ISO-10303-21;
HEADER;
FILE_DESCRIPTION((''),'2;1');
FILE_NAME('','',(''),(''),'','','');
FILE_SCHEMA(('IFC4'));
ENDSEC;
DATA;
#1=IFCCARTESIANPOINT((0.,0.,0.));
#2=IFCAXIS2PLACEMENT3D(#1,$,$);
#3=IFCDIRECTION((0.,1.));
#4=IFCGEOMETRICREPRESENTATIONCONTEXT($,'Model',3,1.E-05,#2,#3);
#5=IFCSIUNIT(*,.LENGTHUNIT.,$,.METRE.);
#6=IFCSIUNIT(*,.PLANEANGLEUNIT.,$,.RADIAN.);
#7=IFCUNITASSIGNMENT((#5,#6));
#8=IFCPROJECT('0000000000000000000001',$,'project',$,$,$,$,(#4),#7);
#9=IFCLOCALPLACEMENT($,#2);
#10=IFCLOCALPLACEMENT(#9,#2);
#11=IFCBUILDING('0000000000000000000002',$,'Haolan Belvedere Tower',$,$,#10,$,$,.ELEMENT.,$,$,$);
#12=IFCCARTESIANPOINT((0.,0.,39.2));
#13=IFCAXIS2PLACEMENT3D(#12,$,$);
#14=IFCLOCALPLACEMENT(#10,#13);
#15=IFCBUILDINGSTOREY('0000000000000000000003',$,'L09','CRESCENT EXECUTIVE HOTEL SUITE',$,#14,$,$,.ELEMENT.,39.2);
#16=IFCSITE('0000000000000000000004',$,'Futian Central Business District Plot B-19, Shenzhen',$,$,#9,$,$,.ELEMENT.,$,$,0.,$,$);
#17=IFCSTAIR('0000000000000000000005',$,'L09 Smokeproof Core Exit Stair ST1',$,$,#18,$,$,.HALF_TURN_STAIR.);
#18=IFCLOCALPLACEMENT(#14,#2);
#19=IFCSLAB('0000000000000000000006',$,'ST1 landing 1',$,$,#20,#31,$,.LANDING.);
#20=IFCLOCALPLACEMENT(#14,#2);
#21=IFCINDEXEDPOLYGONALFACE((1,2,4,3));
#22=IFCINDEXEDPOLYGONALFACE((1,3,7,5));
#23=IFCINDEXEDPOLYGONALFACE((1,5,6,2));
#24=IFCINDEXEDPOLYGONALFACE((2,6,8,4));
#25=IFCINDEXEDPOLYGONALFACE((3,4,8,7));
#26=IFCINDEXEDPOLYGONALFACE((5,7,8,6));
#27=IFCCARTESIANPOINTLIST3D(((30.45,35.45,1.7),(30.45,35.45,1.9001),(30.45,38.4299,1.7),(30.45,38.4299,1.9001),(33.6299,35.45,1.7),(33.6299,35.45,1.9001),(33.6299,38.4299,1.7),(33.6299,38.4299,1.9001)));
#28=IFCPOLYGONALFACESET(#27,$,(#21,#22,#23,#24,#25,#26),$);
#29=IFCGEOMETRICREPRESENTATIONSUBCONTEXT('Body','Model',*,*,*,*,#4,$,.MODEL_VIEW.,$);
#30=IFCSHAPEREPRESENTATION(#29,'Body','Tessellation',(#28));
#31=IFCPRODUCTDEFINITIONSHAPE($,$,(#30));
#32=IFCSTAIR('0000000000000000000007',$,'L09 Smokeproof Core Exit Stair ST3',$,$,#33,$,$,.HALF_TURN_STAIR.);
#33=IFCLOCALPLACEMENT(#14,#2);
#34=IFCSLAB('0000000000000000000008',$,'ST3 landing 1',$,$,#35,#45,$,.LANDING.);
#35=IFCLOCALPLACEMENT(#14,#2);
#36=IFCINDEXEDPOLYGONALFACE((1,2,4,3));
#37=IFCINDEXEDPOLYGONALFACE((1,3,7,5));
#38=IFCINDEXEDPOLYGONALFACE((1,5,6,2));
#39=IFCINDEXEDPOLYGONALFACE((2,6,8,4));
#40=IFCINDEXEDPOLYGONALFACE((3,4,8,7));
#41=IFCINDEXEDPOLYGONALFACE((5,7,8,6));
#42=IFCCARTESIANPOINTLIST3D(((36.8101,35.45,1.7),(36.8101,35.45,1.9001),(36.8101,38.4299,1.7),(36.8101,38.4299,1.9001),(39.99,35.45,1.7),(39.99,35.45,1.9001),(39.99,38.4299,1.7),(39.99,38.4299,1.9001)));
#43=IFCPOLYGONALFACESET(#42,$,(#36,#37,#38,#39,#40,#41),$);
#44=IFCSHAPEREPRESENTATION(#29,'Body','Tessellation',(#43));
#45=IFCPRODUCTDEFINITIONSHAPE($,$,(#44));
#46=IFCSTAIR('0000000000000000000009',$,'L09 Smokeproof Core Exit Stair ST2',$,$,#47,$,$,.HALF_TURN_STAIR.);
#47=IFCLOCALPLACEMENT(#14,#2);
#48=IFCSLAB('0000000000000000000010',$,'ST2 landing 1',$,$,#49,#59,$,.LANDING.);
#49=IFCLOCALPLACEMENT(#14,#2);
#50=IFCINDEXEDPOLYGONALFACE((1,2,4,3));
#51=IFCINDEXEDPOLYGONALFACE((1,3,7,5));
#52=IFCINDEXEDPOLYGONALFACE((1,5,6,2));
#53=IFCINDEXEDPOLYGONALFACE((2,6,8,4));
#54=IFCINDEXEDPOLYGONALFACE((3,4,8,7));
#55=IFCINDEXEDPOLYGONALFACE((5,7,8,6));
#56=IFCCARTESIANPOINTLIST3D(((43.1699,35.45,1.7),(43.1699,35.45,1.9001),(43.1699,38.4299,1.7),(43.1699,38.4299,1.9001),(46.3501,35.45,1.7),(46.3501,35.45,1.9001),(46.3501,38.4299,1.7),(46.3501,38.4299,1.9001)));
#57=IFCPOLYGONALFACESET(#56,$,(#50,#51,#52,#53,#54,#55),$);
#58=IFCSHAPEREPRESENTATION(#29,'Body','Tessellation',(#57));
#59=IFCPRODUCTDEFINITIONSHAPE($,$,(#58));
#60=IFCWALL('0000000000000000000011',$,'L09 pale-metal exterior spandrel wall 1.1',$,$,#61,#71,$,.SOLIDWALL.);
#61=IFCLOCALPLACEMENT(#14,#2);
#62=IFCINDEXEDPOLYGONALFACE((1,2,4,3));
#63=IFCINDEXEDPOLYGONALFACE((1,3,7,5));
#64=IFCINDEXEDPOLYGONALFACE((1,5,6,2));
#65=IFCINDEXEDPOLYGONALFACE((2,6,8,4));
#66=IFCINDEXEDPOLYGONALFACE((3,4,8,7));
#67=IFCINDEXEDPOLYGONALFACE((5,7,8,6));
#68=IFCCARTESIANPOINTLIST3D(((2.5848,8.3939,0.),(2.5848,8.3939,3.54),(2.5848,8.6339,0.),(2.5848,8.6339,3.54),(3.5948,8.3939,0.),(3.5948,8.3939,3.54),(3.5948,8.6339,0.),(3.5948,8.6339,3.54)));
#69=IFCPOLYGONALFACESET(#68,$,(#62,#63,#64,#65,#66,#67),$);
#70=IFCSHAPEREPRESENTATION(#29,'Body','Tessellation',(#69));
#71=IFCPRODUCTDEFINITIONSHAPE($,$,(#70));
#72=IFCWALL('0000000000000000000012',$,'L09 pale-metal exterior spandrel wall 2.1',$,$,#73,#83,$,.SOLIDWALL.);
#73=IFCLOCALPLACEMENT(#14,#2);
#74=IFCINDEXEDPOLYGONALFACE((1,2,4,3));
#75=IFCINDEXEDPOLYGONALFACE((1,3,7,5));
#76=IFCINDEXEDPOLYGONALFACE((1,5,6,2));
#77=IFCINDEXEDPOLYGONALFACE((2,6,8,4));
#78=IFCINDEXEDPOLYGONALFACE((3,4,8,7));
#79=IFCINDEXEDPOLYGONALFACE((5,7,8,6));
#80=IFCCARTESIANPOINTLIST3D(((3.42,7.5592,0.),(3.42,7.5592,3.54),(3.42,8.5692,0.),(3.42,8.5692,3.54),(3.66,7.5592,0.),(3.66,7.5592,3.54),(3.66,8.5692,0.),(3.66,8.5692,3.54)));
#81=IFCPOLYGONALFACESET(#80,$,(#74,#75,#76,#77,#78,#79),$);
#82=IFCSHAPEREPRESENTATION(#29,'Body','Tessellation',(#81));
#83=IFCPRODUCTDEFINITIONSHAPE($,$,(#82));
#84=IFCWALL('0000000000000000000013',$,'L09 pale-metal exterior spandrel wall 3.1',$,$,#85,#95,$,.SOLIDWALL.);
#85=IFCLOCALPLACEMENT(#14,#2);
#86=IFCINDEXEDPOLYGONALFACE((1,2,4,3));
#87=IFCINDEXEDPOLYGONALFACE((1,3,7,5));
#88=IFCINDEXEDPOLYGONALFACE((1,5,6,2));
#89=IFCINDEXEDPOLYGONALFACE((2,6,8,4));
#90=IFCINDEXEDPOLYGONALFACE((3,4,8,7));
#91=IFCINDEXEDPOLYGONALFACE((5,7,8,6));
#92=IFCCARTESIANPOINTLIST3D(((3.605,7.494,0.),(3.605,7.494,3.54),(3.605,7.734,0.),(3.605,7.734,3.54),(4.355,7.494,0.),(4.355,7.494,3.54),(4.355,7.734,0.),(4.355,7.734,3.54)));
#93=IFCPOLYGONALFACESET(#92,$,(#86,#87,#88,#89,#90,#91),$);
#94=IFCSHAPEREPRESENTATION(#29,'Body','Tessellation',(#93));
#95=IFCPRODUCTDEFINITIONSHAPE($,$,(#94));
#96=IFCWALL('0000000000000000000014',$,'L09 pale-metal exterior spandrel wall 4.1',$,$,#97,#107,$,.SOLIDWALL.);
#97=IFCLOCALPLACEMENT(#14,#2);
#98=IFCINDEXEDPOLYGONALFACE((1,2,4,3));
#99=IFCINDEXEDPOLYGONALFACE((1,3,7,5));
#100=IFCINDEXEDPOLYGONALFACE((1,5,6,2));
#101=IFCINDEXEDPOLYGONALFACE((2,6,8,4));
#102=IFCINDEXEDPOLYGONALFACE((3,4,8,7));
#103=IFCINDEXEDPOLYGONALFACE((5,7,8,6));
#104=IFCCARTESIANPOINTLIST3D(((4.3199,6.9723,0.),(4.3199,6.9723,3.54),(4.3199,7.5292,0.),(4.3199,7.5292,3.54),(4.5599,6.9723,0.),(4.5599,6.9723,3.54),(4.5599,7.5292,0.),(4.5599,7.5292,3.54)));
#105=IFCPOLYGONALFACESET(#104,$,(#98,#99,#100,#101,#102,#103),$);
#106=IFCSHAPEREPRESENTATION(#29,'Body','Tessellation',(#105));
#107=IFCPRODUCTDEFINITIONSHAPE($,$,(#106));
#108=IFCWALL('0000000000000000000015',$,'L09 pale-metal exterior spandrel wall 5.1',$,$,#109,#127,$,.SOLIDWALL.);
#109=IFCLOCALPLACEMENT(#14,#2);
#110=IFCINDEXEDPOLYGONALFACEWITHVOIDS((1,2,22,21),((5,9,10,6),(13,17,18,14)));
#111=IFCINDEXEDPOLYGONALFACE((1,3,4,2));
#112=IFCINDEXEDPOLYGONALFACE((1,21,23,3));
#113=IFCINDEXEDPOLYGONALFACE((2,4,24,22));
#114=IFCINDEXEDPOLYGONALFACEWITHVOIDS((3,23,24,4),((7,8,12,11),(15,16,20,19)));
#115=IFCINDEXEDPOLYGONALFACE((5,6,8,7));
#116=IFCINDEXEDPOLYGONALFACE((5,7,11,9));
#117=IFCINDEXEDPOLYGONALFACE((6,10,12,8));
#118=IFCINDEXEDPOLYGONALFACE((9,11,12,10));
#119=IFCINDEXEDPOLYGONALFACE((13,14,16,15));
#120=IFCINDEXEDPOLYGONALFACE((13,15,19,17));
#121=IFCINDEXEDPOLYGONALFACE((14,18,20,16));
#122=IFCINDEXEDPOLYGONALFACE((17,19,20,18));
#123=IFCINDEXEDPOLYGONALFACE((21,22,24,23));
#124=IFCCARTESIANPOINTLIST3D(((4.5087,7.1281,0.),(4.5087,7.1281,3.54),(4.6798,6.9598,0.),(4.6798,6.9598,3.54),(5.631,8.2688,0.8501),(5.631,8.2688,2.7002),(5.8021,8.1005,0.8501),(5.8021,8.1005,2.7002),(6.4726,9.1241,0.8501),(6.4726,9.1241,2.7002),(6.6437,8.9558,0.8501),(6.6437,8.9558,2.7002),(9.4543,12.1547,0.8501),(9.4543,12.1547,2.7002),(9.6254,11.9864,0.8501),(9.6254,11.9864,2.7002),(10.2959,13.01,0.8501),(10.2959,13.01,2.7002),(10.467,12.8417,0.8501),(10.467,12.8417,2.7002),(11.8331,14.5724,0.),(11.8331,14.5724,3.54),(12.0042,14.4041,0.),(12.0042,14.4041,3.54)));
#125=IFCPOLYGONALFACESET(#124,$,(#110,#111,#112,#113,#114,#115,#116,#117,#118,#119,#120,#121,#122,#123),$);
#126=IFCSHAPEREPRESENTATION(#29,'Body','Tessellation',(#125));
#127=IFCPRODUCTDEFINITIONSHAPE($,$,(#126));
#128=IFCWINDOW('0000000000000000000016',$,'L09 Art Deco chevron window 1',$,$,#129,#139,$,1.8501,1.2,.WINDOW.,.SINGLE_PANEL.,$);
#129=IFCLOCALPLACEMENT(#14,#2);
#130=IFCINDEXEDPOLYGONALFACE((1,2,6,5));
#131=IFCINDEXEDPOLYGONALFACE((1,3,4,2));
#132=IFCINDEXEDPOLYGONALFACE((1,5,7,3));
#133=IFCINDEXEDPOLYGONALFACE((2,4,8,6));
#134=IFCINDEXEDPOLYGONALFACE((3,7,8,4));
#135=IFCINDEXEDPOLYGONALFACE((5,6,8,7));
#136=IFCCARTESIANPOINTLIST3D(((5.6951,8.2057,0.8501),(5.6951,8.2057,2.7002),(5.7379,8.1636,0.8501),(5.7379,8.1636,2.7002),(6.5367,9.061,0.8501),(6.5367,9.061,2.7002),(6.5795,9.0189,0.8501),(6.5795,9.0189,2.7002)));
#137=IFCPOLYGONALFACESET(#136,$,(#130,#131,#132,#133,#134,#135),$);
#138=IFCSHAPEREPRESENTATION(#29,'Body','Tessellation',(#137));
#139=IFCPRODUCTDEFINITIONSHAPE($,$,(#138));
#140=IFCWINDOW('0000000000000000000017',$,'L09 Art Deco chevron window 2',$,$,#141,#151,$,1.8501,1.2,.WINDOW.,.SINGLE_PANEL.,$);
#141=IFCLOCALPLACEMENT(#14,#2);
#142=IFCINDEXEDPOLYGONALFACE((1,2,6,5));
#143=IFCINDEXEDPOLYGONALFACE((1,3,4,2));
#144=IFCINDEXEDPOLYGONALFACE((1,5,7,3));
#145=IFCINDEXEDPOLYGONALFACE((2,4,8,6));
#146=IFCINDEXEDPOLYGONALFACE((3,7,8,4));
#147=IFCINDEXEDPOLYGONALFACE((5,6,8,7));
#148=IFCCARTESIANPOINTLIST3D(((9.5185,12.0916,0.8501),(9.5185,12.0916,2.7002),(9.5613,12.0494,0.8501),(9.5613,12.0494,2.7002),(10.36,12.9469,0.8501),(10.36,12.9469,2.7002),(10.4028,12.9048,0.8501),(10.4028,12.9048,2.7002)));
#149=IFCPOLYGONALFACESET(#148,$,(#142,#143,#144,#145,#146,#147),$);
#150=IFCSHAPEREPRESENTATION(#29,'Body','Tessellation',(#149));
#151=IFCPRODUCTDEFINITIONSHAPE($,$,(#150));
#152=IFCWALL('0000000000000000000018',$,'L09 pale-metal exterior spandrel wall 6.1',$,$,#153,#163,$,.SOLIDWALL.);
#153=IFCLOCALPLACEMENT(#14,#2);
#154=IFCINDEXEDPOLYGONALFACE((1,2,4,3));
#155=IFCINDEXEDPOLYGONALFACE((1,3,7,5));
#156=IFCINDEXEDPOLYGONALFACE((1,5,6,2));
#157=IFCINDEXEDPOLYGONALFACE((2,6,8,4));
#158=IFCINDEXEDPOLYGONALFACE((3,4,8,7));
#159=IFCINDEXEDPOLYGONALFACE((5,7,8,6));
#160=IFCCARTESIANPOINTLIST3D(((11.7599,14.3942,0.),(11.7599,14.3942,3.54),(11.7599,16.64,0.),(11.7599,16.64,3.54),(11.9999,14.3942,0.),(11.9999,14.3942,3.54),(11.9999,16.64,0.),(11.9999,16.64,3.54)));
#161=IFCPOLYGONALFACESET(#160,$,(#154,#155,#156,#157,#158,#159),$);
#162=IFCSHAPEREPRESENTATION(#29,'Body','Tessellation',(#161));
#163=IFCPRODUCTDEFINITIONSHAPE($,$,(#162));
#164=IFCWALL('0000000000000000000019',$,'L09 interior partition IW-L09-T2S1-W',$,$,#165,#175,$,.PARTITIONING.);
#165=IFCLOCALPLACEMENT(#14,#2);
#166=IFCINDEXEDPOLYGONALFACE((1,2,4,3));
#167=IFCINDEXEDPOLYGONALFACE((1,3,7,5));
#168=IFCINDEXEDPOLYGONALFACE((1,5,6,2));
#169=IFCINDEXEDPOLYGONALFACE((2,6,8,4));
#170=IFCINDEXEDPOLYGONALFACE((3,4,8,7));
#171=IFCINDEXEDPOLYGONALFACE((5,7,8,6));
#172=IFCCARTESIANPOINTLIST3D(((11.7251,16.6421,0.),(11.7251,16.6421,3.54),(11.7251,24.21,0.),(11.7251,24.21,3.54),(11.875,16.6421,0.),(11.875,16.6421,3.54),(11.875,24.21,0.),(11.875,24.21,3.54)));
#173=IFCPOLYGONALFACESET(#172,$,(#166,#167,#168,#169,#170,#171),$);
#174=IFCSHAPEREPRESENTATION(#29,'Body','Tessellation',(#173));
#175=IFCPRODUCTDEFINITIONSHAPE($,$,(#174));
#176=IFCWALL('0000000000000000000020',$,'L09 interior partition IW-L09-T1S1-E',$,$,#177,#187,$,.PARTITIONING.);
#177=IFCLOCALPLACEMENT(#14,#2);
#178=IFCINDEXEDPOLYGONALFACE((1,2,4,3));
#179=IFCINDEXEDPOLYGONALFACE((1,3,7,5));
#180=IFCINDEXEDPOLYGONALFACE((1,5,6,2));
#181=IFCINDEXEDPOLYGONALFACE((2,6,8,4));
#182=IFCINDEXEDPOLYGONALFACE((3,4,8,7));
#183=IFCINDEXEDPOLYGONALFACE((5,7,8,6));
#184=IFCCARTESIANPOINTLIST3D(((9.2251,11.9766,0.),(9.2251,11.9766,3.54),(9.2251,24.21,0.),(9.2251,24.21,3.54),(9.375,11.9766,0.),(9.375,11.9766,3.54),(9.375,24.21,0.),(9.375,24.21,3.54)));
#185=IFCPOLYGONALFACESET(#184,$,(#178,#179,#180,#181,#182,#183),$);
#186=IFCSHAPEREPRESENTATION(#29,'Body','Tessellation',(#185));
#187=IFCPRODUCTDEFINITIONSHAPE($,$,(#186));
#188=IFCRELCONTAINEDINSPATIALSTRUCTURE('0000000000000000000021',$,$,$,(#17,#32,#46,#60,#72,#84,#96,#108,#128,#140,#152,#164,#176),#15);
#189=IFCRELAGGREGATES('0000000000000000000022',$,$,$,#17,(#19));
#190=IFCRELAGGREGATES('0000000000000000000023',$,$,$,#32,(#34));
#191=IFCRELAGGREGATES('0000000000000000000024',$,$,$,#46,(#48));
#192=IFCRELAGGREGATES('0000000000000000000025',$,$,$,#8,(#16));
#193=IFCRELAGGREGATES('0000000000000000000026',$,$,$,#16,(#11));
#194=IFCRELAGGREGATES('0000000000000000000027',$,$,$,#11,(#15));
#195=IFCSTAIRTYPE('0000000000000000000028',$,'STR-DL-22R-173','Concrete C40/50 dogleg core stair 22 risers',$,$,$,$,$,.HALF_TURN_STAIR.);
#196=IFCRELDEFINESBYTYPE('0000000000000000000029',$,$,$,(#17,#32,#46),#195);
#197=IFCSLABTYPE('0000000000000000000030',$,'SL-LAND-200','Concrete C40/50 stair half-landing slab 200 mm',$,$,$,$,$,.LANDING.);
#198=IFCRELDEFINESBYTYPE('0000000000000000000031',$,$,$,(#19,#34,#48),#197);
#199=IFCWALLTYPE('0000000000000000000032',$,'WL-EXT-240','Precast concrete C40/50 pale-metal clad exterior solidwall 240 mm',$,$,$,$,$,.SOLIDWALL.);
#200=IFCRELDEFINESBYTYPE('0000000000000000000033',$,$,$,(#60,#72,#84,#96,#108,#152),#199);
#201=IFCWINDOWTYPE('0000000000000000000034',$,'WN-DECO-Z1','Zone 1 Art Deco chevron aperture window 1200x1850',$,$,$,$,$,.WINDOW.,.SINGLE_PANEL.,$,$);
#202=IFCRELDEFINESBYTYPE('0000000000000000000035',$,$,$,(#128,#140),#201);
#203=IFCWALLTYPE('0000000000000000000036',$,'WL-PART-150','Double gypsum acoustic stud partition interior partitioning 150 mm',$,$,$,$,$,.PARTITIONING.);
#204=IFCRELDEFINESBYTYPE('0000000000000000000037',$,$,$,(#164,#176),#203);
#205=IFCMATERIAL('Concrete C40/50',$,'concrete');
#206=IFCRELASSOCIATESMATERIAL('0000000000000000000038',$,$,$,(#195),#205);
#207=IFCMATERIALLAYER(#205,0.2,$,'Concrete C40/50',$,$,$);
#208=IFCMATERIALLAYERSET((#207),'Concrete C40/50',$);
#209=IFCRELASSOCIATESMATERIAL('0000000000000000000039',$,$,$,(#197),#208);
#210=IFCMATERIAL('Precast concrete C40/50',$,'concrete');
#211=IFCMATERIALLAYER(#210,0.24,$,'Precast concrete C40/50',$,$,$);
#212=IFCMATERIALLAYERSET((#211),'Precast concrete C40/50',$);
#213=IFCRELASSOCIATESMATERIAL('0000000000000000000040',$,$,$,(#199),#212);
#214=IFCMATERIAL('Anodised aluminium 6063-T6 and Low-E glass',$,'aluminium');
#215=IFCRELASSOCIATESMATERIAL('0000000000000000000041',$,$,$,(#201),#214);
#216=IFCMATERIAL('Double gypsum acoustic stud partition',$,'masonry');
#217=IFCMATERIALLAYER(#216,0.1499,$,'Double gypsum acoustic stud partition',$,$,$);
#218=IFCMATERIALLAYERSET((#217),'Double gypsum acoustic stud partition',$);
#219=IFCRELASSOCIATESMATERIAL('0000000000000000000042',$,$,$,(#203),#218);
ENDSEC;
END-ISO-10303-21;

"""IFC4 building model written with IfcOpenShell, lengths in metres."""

from ifc_helpers import new_model, si_unit, direction, frame, frame_2d, origin, place, context, subcontext, project, spatial, polyline, rectangle, outline, extrude, material, layer, layer_set, type_object, element, fill, aggregate, save


model = new_model("IFC4")

# Units and contexts
model_context = context("Model", 3, precision=1e-05, world=origin(), true_north=direction((0.0, 1.0)))
body_context = subcontext(model_context, "Body", "Model", "MODEL_VIEW")
ifc_project = project(units=[si_unit("LENGTHUNIT", "METRE"), si_unit("PLANEANGLEUNIT", "RADIAN")], contexts=[model_context])

# Site, building, storey
site_placement = place(None, origin())
site = spatial("IfcSite", under=ifc_project, at=site_placement, Name="Futian Central Business District Plot B-19, Shenzhen", CompositionType="ELEMENT", RefElevation=0.0)
building_placement = place(site_placement, origin())
building = spatial("IfcBuilding", under=site, at=building_placement, Name="Haolan Belvedere Tower", CompositionType="ELEMENT")
storey_placement = place(building_placement, frame((0.0, 0.0, 39.2)))
storey = spatial("IfcBuildingStorey", under=building, at=storey_placement, Name="L09", Description="CRESCENT EXECUTIVE HOTEL SUITE", CompositionType="ELEMENT", Elevation=39.2)

# Shared definitions
ifc_material_1 = material(Name="Concrete C40/50", Category="concrete")

# Stairs, slabs
stair_type = type_object("IfcStairType", Name="STR-DL-22R-173", Description="Concrete C40/50 dogleg core stair 22 risers", PredefinedType="HALF_TURN_STAIR", material=ifc_material_1)
stair_1_placement = place(storey_placement, origin())
stair_1 = element("IfcStair", 1, at=stair_1_placement, inside=storey, type_object=stair_type, Name="L09 Smokeproof Core Exit Stair ST1", PredefinedType="HALF_TURN_STAIR")
ifc_layer_1 = layer(ifc_material_1, 0.2, Name="Concrete C40/50")
ifc_layer_set_1 = layer_set([ifc_layer_1], Name="Concrete C40/50")
slab_type_1 = type_object("IfcSlabType", Name="SL-LAND-200", Description="Concrete C40/50 stair half-landing slab 200 mm", PredefinedType="LANDING", material=ifc_layer_set_1)
slab_1_placement = place(storey_placement, frame((0.0, 0.0, 1.7)))
slab_1 = element("IfcSlab", 2, at=slab_1_placement, type_object=slab_type_1, Name="ST1 landing 1", PredefinedType="LANDING", context=body_context, shape_type="SweptSolid", body=[
    extrude(outline(polyline([(30.45, 38.4299), (30.45, 35.45), (33.6299, 35.45), (33.6299, 38.4299), (30.45, 38.4299)])), origin(), (0.0, 0.0, 1.0), 0.2002),
])
aggregate(stair_1, [slab_1])
stair_2_placement = place(storey_placement, origin())
stair_2 = element("IfcStair", 3, at=stair_2_placement, inside=storey, type_object=stair_type, Name="L09 Smokeproof Core Exit Stair ST3", PredefinedType="HALF_TURN_STAIR")
slab_2_placement = place(storey_placement, frame((0.0, 0.0, 1.7)))
slab_2 = element("IfcSlab", 4, at=slab_2_placement, type_object=slab_type_1, Name="ST3 landing 1", PredefinedType="LANDING", context=body_context, shape_type="SweptSolid", body=[
    extrude(outline(polyline([(36.8101, 38.4299), (36.8101, 35.45), (39.99, 35.45), (39.99, 38.4299), (36.8101, 38.4299)])), origin(), (0.0, 0.0, 1.0), 0.2002),
])
aggregate(stair_2, [slab_2])
stair_3_placement = place(storey_placement, origin())
stair_3 = element("IfcStair", 5, at=stair_3_placement, inside=storey, type_object=stair_type, Name="L09 Smokeproof Core Exit Stair ST2", PredefinedType="HALF_TURN_STAIR")
slab_3_placement = place(storey_placement, frame((0.0, 0.0, 1.7)))
slab_3 = element("IfcSlab", 6, at=slab_3_placement, type_object=slab_type_1, Name="ST2 landing 1", PredefinedType="LANDING", context=body_context, shape_type="SweptSolid", body=[
    extrude(outline(polyline([(43.1699, 38.4299), (43.1699, 35.45), (46.3501, 35.45), (46.3501, 38.4299), (43.1699, 38.4299)])), origin(), (0.0, 0.0, 1.0), 0.2002),
])
aggregate(stair_3, [slab_3])

# Walls
ifc_material_2 = material(Name="Precast concrete C40/50", Category="concrete")
ifc_layer_2 = layer(ifc_material_2, 0.24, Name="Precast concrete C40/50")
ifc_layer_set_2 = layer_set([ifc_layer_2], Name="Precast concrete C40/50")
wall_type_1 = type_object("IfcWallType", Name="WL-EXT-240", Description="Precast concrete C40/50 pale-metal clad exterior solidwall 240 mm", PredefinedType="SOLIDWALL", material=ifc_layer_set_2)
for number, where, z_axis, x_axis, name in (
    (7, (2.585, 8.5139, 0.0), (0.0, 0.0, 1.0), (1.0, 0.0, 0.0), "L09 pale-metal exterior spandrel wall 1.1"),
    (8, (3.54, 8.5691, 0.0), (0.0, 0.0, 1.0), (0.0, -1.0, 0.0), "L09 pale-metal exterior spandrel wall 2.1"),
):
    element("IfcWall", number, at=place(storey_placement, frame(where, z_axis=z_axis, x_axis=x_axis)), inside=storey, type_object=wall_type_1, Name=name, PredefinedType="SOLIDWALL", context=body_context, shape_type="SweptSolid", body=[
        extrude(rectangle(XDim=1.01, YDim=0.24, at=frame_2d((0.5049, 0.0))), origin(), (0.0, 0.0, 1.0), 3.54),
    ])
wall_1_placement = place(storey_placement, frame((3.605, 7.614, 0.0), z_axis=(0.0, 0.0, 1.0), x_axis=(1.0, 0.0, 0.0)))
element("IfcWall", 9, at=wall_1_placement, inside=storey, type_object=wall_type_1, Name="L09 pale-metal exterior spandrel wall 3.1", PredefinedType="SOLIDWALL", context=body_context, shape_type="SweptSolid", body=[
    extrude(rectangle(XDim=0.75, YDim=0.24, at=frame_2d((0.375, 0.0))), origin(), (0.0, 0.0, 1.0), 3.54),
])
wall_2_placement = place(storey_placement, frame((4.4399, 7.5291, 0.0), z_axis=(0.0, 0.0, 1.0), x_axis=(0.0, -1.0, 0.0)))
element("IfcWall", 10, at=wall_2_placement, inside=storey, type_object=wall_type_1, Name="L09 pale-metal exterior spandrel wall 4.1", PredefinedType="SOLIDWALL", context=body_context, shape_type="SweptSolid", body=[
    extrude(rectangle(XDim=0.5569, YDim=0.24, at=frame_2d((0.2783, 0.0))), origin(), (0.0, 0.0, 1.0), 3.54),
])

# Wall, openings, windows
wall_3_placement = place(storey_placement, frame((4.5942, 7.0439, 0.0), z_axis=(0.0, 0.0, 1.0), x_axis=(0.701344, 0.712823, 0.0)))
wall_3 = element("IfcWall", 11, at=wall_3_placement, inside=storey, type_object=wall_type_1, Name="L09 pale-metal exterior spandrel wall 5.1", PredefinedType="SOLIDWALL", context=body_context, shape_type="SweptSolid", body=[
    extrude(rectangle(XDim=10.4434, YDim=0.24, at=frame_2d((5.2217, 0.0))), origin(), (0.0, 0.0, 1.0), 3.54),
])
opening_1_placement = place(wall_3_placement, frame((1.6001, 0.0, 0.8501)))
opening_1 = element("IfcOpeningElement", 12, at=opening_1_placement, cuts=wall_3, PredefinedType="OPENING", context=body_context, shape_type="SweptSolid", body=[
    extrude(rectangle(XDim=1.2, YDim=1.8501, at=frame_2d((0.6001, 0.925))), frame((0.0, 0.1299, 0.0), z_axis=(0.0, -1.0, 0.0), x_axis=(1.0, 0.0, 0.0)), (0.0, 0.0, 1.0), 0.26),
])
opening_2_placement = place(wall_3_placement, frame((7.0515, 0.0, 0.8501)))
opening_2 = element("IfcOpeningElement", 13, at=opening_2_placement, cuts=wall_3, PredefinedType="OPENING", context=body_context, shape_type="SweptSolid", body=[
    extrude(rectangle(XDim=1.2, YDim=1.8501, at=frame_2d((0.6001, 0.925))), frame((0.0, 0.1299, 0.0), z_axis=(0.0, -1.0, 0.0), x_axis=(1.0, 0.0, 0.0)), (0.0, 0.0, 1.0), 0.26),
])
ifc_material_3 = material(Name="Anodised aluminium 6063-T6 and Low-E glass", Category="aluminium")
window_type = type_object("IfcWindowType", Name="WN-DECO-Z1", Description="Zone 1 Art Deco chevron aperture window 1200x1850", PartitioningType="SINGLE_PANEL", PredefinedType="WINDOW", material=ifc_material_3)
window_1_placement = place(opening_1_placement, origin())
window_1 = element("IfcWindow", 14, at=window_1_placement, inside=storey, type_object=window_type, Name="L09 Art Deco chevron window 1", OverallHeight=1.8501, OverallWidth=1.2, PartitioningType="SINGLE_PANEL", PredefinedType="WINDOW", context=body_context, shape_type="SweptSolid", body=[
    extrude(rectangle(XDim=1.2, YDim=1.8501, at=frame_2d((0.6001, 0.925))), frame((0.0, 0.03, 0.0), z_axis=(0.0, -1.0, 0.0), x_axis=(1.0, 0.0, 0.0)), (0.0, 0.0, 1.0), 0.0601),
])
fill(opening_1, window_1)
window_2_placement = place(opening_2_placement, origin())
window_2 = element("IfcWindow", 15, at=window_2_placement, inside=storey, type_object=window_type, Name="L09 Art Deco chevron window 2", OverallHeight=1.8501, OverallWidth=1.2, PartitioningType="SINGLE_PANEL", PredefinedType="WINDOW", context=body_context, shape_type="SweptSolid", body=[
    extrude(rectangle(XDim=1.2, YDim=1.8501, at=frame_2d((0.6001, 0.925))), frame((0.0, 0.03, 0.0), z_axis=(0.0, -1.0, 0.0), x_axis=(1.0, 0.0, 0.0)), (0.0, 0.0, 1.0), 0.0601),
])
fill(opening_2, window_2)

# Walls
wall_4_placement = place(storey_placement, frame((11.8799, 14.394, 0.0), z_axis=(0.0, 0.0, 1.0), x_axis=(0.0, 1.0, 0.0)))
element("IfcWall", 16, at=wall_4_placement, inside=storey, type_object=wall_type_1, Name="L09 pale-metal exterior spandrel wall 6.1", PredefinedType="SOLIDWALL", context=body_context, shape_type="SweptSolid", body=[
    extrude(rectangle(XDim=2.2458, YDim=0.24, at=frame_2d((1.123, 0.0))), origin(), (0.0, 0.0, 1.0), 3.54),
])
ifc_material_4 = material(Name="Double gypsum acoustic stud partition", Category="masonry")
ifc_layer_3 = layer(ifc_material_4, 0.1499, Name="Double gypsum acoustic stud partition")
ifc_layer_set_3 = layer_set([ifc_layer_3], Name="Double gypsum acoustic stud partition")
wall_type_2 = type_object("IfcWallType", Name="WL-PART-150", Description="Double gypsum acoustic stud partition interior partitioning 150 mm", PredefinedType="PARTITIONING", material=ifc_layer_set_3)
wall_5_placement = place(storey_placement, frame((11.8, 16.6421, 0.0), z_axis=(0.0, 0.0, 1.0), x_axis=(0.0, 1.0, 0.0)))
element("IfcWall", 17, at=wall_5_placement, inside=storey, type_object=wall_type_2, Name="L09 interior partition IW-L09-T2S1-W", PredefinedType="PARTITIONING", context=body_context, shape_type="SweptSolid", body=[
    extrude(rectangle(XDim=7.5679, YDim=0.1499, at=frame_2d((3.7839, 0.0))), origin(), (0.0, 0.0, 1.0), 3.54),
])
wall_6_placement = place(storey_placement, frame((9.3, 11.9766, 0.0), z_axis=(0.0, 0.0, 1.0), x_axis=(0.0, 1.0, 0.0)))
element("IfcWall", 18, at=wall_6_placement, inside=storey, type_object=wall_type_2, Name="L09 interior partition IW-L09-T1S1-E", PredefinedType="PARTITIONING", context=body_context, shape_type="SweptSolid", body=[
    extrude(rectangle(XDim=12.2334, YDim=0.1499, at=frame_2d((6.1167, 0.0))), origin(), (0.0, 0.0, 1.0), 3.54),
])

save(model, "model.ifc")
